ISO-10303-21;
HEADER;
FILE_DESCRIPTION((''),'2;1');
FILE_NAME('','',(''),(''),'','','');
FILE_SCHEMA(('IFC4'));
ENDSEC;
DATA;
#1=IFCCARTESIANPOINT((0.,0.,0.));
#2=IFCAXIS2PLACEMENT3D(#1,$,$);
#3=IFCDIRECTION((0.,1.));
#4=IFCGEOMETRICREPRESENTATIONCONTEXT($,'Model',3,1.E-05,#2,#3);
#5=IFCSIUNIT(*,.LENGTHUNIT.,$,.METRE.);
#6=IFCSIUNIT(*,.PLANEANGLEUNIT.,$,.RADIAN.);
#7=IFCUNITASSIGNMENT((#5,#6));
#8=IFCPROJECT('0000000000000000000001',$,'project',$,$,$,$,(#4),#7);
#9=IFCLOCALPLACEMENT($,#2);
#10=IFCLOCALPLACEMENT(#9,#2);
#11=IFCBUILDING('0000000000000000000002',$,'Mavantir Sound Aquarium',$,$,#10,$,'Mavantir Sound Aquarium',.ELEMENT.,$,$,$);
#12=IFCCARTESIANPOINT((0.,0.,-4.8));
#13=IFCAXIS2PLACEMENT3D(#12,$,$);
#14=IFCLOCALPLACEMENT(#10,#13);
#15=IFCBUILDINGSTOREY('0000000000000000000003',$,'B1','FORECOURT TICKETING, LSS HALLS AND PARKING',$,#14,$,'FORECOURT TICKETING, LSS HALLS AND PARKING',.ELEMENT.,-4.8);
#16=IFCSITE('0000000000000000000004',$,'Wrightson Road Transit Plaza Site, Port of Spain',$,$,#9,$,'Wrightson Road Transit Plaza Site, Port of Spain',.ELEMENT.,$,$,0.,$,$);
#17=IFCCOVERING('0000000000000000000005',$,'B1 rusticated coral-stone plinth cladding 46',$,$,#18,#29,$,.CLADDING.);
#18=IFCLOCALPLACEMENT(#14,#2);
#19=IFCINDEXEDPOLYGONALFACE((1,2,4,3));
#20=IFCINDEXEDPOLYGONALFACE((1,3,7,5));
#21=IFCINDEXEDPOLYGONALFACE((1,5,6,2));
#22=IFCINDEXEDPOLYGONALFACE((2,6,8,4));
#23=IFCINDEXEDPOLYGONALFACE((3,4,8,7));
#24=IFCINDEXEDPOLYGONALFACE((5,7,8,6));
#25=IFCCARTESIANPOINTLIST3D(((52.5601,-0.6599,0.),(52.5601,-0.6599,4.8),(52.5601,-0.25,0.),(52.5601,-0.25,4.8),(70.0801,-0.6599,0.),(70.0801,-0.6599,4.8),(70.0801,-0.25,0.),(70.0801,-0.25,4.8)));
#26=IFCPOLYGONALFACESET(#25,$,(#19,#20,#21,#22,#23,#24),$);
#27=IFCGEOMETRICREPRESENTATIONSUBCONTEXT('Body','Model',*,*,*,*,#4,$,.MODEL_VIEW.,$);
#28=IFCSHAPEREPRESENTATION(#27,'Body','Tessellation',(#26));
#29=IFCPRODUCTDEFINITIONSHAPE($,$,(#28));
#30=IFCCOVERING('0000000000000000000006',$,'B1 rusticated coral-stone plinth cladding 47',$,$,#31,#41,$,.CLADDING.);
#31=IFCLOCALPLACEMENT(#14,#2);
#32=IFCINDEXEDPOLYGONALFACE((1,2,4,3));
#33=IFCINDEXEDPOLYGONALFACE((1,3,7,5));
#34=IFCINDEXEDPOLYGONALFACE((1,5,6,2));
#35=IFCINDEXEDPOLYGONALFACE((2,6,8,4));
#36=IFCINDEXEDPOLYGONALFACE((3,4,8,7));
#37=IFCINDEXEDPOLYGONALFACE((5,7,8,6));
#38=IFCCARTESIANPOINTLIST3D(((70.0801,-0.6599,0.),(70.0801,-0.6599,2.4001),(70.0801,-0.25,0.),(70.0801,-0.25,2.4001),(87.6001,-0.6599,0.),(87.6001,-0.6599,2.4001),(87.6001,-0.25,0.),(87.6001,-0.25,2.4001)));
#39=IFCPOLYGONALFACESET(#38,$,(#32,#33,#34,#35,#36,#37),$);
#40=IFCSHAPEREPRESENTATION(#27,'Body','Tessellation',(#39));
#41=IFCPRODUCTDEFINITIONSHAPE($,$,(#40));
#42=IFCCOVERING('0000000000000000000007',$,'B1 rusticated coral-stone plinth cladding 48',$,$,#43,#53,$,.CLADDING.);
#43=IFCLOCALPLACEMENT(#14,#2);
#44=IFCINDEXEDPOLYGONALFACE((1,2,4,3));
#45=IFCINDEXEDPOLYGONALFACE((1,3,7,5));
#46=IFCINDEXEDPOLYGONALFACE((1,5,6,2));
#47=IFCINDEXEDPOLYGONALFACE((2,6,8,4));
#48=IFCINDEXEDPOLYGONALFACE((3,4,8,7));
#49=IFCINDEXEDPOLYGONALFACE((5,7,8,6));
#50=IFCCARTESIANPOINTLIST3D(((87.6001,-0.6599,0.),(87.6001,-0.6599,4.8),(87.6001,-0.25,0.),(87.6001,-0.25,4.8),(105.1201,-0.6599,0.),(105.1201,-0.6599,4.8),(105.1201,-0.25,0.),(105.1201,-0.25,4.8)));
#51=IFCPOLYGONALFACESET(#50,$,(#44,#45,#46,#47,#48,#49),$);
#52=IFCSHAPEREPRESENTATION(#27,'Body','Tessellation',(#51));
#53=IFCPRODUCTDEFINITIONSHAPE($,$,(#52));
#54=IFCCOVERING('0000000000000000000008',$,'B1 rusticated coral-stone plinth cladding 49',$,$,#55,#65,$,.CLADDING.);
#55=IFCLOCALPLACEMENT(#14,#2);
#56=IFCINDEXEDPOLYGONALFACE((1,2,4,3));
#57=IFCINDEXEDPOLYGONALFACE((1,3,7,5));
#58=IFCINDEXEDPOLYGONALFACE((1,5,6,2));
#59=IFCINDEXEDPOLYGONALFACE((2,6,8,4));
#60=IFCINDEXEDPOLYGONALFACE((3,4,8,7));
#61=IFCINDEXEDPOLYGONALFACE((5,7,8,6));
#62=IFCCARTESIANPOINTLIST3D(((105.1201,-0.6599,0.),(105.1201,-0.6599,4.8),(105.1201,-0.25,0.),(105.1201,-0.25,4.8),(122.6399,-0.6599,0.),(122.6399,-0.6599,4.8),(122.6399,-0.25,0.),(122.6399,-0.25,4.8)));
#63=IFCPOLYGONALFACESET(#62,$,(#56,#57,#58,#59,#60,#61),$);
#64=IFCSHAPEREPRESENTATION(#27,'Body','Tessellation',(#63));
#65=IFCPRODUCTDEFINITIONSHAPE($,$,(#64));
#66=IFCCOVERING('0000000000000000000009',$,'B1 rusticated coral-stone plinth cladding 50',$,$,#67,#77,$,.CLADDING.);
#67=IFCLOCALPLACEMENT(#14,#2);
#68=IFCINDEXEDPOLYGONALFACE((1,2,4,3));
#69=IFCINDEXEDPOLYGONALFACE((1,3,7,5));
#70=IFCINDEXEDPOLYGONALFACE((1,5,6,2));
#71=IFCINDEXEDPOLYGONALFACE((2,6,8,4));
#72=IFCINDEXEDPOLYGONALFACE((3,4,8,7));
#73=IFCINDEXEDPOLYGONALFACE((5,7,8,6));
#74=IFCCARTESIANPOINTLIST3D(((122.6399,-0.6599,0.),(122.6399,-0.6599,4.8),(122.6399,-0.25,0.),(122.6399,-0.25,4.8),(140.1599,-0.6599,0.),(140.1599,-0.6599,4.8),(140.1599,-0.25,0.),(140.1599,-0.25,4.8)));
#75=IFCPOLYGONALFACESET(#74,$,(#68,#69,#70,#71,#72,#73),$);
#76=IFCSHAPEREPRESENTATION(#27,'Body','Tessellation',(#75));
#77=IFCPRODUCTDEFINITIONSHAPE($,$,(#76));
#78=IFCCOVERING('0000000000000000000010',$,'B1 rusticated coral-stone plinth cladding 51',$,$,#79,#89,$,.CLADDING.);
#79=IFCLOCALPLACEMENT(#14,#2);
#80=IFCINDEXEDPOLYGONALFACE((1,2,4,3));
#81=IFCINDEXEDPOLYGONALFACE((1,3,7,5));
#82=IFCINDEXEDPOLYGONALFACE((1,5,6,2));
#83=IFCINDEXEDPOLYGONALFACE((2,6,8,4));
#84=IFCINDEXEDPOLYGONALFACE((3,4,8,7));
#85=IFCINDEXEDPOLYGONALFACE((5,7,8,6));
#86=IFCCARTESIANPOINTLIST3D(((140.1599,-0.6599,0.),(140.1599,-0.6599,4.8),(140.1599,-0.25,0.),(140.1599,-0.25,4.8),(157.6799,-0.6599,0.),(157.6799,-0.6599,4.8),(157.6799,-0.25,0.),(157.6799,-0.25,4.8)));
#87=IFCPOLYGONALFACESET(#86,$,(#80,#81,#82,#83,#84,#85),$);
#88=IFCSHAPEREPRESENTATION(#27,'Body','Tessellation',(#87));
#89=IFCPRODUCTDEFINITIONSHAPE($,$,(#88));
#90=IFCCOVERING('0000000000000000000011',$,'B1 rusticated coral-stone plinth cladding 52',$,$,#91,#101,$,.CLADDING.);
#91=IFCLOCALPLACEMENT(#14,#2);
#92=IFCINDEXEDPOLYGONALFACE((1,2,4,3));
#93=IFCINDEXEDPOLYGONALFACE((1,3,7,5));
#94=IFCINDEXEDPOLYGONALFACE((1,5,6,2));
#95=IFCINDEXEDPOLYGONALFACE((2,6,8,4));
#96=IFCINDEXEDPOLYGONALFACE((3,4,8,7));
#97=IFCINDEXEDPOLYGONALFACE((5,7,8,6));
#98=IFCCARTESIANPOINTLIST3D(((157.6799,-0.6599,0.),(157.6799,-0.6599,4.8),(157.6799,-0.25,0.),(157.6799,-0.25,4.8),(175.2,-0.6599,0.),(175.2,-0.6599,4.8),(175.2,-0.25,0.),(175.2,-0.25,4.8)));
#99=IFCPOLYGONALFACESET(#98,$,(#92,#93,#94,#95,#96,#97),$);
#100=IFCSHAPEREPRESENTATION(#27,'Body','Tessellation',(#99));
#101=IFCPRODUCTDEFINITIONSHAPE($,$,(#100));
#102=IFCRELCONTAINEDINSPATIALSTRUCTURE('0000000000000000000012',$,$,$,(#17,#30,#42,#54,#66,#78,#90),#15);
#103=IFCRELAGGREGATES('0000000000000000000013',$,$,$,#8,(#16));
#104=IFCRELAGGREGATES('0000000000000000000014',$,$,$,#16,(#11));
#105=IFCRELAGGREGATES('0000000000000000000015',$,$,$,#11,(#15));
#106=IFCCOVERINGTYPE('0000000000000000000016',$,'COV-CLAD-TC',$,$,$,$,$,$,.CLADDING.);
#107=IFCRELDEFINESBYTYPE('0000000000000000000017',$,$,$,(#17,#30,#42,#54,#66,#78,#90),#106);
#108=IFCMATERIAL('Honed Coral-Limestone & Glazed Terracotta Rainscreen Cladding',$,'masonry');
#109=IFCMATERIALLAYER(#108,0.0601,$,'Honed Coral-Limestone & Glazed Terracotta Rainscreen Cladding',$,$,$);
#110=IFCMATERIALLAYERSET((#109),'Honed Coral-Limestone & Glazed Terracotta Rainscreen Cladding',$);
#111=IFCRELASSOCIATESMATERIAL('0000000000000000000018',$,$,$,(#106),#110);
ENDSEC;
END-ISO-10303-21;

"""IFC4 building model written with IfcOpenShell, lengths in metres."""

from ifc_helpers import new_model, si_unit, direction, frame, origin, place, context, subcontext, project, spatial, polyline, outline, extrude, material, layer, layer_set, type_object, element, save


model = new_model("IFC4")

# Units and contexts
model_context = context("Model", 3, precision=1e-05, world=origin(), true_north=direction((0.0, 1.0)))
body_context = subcontext(model_context, "Body", "Model", "MODEL_VIEW")
ifc_project = project(units=[si_unit("LENGTHUNIT", "METRE"), si_unit("PLANEANGLEUNIT", "RADIAN")], contexts=[model_context])

# Site, building, storey
site_placement = place(None, origin())
site = spatial("IfcSite", under=ifc_project, at=site_placement, Name="Wrightson Road Transit Plaza Site, Port of Spain", LongName="Wrightson Road Transit Plaza Site, Port of Spain", CompositionType="ELEMENT", RefElevation=0.0)
building_placement = place(site_placement, origin())
building = spatial("IfcBuilding", under=site, at=building_placement, Name="Mavantir Sound Aquarium", LongName="Mavantir Sound Aquarium", CompositionType="ELEMENT")
storey_placement = place(building_placement, frame((0.0, 0.0, -4.8)))
storey = spatial("IfcBuildingStorey", under=building, at=storey_placement, Name="B1", Description="FORECOURT TICKETING, LSS HALLS AND PARKING", LongName="FORECOURT TICKETING, LSS HALLS AND PARKING", CompositionType="ELEMENT", Elevation=-4.8)

# Coverings
ifc_material_1 = material(Name="Honed Coral-Limestone & Glazed Terracotta Rainscreen Cladding", Category="masonry")
ifc_layer_1 = layer(ifc_material_1, 0.0601, Name="Honed Coral-Limestone & Glazed Terracotta Rainscreen Cladding")
ifc_layer_set_1 = layer_set([ifc_layer_1], Name="Honed Coral-Limestone & Glazed Terracotta Rainscreen Cladding")
covering_type = type_object("IfcCoveringType", Name="COV-CLAD-TC", PredefinedType="CLADDING", material=ifc_layer_set_1)
covering_1_placement = place(storey_placement, origin())
element("IfcCovering", 1, at=covering_1_placement, inside=storey, type_object=covering_type, Name="B1 rusticated coral-stone plinth cladding 46", PredefinedType="CLADDING", context=body_context, shape_type="SweptSolid", body=[
    extrude(outline(polyline([(52.5601, -0.25), (70.0801, -0.25), (70.0801, -0.6599), (52.5601, -0.6599), (52.5601, -0.25)])), origin(), (0.0, 0.0, 1.0), 4.8),
])
covering_2_placement = place(storey_placement, origin())
element("IfcCovering", 2, at=covering_2_placement, inside=storey, type_object=covering_type, Name="B1 rusticated coral-stone plinth cladding 47", PredefinedType="CLADDING", context=body_context, shape_type="SweptSolid", body=[
    extrude(outline(polyline([(70.0801, -0.25), (87.6001, -0.25), (87.6001, -0.6599), (70.0801, -0.6599), (70.0801, -0.25)])), origin(), (0.0, 0.0, 1.0), 2.4001),
])
covering_3_placement = place(storey_placement, origin())
element("IfcCovering", 3, at=covering_3_placement, inside=storey, type_object=covering_type, Name="B1 rusticated coral-stone plinth cladding 48", PredefinedType="CLADDING", context=body_context, shape_type="SweptSolid", body=[
    extrude(outline(polyline([(87.6001, -0.25), (105.1201, -0.25), (105.1201, -0.6599), (87.6001, -0.6599), (87.6001, -0.25)])), origin(), (0.0, 0.0, 1.0), 4.8),
])
covering_4_placement = place(storey_placement, origin())
element("IfcCovering", 4, at=covering_4_placement, inside=storey, type_object=covering_type, Name="B1 rusticated coral-stone plinth cladding 49", PredefinedType="CLADDING", context=body_context, shape_type="SweptSolid", body=[
    extrude(outline(polyline([(105.1201, -0.25), (122.6399, -0.25), (122.6399, -0.6599), (105.1201, -0.6599), (105.1201, -0.25)])), origin(), (0.0, 0.0, 1.0), 4.8),
])
covering_5_placement = place(storey_placement, origin())
element("IfcCovering", 5, at=covering_5_placement, inside=storey, type_object=covering_type, Name="B1 rusticated coral-stone plinth cladding 50", PredefinedType="CLADDING", context=body_context, shape_type="SweptSolid", body=[
    extrude(outline(polyline([(122.6399, -0.25), (140.1599, -0.25), (140.1599, -0.6599), (122.6399, -0.6599), (122.6399, -0.25)])), origin(), (0.0, 0.0, 1.0), 4.8),
])
covering_6_placement = place(storey_placement, origin())
element("IfcCovering", 6, at=covering_6_placement, inside=storey, type_object=covering_type, Name="B1 rusticated coral-stone plinth cladding 51", PredefinedType="CLADDING", context=body_context, shape_type="SweptSolid", body=[
    extrude(outline(polyline([(140.1599, -0.25), (157.6799, -0.25), (157.6799, -0.6599), (140.1599, -0.6599), (140.1599, -0.25)])), origin(), (0.0, 0.0, 1.0), 4.8),
])
covering_7_placement = place(storey_placement, origin())
element("IfcCovering", 7, at=covering_7_placement, inside=storey, type_object=covering_type, Name="B1 rusticated coral-stone plinth cladding 52", PredefinedType="CLADDING", context=body_context, shape_type="SweptSolid", body=[
    extrude(outline(polyline([(157.6799, -0.25), (175.2, -0.25), (175.2, -0.6599), (157.6799, -0.6599), (157.6799, -0.25)])), origin(), (0.0, 0.0, 1.0), 4.8),
])

save(model, "model.ifc")
